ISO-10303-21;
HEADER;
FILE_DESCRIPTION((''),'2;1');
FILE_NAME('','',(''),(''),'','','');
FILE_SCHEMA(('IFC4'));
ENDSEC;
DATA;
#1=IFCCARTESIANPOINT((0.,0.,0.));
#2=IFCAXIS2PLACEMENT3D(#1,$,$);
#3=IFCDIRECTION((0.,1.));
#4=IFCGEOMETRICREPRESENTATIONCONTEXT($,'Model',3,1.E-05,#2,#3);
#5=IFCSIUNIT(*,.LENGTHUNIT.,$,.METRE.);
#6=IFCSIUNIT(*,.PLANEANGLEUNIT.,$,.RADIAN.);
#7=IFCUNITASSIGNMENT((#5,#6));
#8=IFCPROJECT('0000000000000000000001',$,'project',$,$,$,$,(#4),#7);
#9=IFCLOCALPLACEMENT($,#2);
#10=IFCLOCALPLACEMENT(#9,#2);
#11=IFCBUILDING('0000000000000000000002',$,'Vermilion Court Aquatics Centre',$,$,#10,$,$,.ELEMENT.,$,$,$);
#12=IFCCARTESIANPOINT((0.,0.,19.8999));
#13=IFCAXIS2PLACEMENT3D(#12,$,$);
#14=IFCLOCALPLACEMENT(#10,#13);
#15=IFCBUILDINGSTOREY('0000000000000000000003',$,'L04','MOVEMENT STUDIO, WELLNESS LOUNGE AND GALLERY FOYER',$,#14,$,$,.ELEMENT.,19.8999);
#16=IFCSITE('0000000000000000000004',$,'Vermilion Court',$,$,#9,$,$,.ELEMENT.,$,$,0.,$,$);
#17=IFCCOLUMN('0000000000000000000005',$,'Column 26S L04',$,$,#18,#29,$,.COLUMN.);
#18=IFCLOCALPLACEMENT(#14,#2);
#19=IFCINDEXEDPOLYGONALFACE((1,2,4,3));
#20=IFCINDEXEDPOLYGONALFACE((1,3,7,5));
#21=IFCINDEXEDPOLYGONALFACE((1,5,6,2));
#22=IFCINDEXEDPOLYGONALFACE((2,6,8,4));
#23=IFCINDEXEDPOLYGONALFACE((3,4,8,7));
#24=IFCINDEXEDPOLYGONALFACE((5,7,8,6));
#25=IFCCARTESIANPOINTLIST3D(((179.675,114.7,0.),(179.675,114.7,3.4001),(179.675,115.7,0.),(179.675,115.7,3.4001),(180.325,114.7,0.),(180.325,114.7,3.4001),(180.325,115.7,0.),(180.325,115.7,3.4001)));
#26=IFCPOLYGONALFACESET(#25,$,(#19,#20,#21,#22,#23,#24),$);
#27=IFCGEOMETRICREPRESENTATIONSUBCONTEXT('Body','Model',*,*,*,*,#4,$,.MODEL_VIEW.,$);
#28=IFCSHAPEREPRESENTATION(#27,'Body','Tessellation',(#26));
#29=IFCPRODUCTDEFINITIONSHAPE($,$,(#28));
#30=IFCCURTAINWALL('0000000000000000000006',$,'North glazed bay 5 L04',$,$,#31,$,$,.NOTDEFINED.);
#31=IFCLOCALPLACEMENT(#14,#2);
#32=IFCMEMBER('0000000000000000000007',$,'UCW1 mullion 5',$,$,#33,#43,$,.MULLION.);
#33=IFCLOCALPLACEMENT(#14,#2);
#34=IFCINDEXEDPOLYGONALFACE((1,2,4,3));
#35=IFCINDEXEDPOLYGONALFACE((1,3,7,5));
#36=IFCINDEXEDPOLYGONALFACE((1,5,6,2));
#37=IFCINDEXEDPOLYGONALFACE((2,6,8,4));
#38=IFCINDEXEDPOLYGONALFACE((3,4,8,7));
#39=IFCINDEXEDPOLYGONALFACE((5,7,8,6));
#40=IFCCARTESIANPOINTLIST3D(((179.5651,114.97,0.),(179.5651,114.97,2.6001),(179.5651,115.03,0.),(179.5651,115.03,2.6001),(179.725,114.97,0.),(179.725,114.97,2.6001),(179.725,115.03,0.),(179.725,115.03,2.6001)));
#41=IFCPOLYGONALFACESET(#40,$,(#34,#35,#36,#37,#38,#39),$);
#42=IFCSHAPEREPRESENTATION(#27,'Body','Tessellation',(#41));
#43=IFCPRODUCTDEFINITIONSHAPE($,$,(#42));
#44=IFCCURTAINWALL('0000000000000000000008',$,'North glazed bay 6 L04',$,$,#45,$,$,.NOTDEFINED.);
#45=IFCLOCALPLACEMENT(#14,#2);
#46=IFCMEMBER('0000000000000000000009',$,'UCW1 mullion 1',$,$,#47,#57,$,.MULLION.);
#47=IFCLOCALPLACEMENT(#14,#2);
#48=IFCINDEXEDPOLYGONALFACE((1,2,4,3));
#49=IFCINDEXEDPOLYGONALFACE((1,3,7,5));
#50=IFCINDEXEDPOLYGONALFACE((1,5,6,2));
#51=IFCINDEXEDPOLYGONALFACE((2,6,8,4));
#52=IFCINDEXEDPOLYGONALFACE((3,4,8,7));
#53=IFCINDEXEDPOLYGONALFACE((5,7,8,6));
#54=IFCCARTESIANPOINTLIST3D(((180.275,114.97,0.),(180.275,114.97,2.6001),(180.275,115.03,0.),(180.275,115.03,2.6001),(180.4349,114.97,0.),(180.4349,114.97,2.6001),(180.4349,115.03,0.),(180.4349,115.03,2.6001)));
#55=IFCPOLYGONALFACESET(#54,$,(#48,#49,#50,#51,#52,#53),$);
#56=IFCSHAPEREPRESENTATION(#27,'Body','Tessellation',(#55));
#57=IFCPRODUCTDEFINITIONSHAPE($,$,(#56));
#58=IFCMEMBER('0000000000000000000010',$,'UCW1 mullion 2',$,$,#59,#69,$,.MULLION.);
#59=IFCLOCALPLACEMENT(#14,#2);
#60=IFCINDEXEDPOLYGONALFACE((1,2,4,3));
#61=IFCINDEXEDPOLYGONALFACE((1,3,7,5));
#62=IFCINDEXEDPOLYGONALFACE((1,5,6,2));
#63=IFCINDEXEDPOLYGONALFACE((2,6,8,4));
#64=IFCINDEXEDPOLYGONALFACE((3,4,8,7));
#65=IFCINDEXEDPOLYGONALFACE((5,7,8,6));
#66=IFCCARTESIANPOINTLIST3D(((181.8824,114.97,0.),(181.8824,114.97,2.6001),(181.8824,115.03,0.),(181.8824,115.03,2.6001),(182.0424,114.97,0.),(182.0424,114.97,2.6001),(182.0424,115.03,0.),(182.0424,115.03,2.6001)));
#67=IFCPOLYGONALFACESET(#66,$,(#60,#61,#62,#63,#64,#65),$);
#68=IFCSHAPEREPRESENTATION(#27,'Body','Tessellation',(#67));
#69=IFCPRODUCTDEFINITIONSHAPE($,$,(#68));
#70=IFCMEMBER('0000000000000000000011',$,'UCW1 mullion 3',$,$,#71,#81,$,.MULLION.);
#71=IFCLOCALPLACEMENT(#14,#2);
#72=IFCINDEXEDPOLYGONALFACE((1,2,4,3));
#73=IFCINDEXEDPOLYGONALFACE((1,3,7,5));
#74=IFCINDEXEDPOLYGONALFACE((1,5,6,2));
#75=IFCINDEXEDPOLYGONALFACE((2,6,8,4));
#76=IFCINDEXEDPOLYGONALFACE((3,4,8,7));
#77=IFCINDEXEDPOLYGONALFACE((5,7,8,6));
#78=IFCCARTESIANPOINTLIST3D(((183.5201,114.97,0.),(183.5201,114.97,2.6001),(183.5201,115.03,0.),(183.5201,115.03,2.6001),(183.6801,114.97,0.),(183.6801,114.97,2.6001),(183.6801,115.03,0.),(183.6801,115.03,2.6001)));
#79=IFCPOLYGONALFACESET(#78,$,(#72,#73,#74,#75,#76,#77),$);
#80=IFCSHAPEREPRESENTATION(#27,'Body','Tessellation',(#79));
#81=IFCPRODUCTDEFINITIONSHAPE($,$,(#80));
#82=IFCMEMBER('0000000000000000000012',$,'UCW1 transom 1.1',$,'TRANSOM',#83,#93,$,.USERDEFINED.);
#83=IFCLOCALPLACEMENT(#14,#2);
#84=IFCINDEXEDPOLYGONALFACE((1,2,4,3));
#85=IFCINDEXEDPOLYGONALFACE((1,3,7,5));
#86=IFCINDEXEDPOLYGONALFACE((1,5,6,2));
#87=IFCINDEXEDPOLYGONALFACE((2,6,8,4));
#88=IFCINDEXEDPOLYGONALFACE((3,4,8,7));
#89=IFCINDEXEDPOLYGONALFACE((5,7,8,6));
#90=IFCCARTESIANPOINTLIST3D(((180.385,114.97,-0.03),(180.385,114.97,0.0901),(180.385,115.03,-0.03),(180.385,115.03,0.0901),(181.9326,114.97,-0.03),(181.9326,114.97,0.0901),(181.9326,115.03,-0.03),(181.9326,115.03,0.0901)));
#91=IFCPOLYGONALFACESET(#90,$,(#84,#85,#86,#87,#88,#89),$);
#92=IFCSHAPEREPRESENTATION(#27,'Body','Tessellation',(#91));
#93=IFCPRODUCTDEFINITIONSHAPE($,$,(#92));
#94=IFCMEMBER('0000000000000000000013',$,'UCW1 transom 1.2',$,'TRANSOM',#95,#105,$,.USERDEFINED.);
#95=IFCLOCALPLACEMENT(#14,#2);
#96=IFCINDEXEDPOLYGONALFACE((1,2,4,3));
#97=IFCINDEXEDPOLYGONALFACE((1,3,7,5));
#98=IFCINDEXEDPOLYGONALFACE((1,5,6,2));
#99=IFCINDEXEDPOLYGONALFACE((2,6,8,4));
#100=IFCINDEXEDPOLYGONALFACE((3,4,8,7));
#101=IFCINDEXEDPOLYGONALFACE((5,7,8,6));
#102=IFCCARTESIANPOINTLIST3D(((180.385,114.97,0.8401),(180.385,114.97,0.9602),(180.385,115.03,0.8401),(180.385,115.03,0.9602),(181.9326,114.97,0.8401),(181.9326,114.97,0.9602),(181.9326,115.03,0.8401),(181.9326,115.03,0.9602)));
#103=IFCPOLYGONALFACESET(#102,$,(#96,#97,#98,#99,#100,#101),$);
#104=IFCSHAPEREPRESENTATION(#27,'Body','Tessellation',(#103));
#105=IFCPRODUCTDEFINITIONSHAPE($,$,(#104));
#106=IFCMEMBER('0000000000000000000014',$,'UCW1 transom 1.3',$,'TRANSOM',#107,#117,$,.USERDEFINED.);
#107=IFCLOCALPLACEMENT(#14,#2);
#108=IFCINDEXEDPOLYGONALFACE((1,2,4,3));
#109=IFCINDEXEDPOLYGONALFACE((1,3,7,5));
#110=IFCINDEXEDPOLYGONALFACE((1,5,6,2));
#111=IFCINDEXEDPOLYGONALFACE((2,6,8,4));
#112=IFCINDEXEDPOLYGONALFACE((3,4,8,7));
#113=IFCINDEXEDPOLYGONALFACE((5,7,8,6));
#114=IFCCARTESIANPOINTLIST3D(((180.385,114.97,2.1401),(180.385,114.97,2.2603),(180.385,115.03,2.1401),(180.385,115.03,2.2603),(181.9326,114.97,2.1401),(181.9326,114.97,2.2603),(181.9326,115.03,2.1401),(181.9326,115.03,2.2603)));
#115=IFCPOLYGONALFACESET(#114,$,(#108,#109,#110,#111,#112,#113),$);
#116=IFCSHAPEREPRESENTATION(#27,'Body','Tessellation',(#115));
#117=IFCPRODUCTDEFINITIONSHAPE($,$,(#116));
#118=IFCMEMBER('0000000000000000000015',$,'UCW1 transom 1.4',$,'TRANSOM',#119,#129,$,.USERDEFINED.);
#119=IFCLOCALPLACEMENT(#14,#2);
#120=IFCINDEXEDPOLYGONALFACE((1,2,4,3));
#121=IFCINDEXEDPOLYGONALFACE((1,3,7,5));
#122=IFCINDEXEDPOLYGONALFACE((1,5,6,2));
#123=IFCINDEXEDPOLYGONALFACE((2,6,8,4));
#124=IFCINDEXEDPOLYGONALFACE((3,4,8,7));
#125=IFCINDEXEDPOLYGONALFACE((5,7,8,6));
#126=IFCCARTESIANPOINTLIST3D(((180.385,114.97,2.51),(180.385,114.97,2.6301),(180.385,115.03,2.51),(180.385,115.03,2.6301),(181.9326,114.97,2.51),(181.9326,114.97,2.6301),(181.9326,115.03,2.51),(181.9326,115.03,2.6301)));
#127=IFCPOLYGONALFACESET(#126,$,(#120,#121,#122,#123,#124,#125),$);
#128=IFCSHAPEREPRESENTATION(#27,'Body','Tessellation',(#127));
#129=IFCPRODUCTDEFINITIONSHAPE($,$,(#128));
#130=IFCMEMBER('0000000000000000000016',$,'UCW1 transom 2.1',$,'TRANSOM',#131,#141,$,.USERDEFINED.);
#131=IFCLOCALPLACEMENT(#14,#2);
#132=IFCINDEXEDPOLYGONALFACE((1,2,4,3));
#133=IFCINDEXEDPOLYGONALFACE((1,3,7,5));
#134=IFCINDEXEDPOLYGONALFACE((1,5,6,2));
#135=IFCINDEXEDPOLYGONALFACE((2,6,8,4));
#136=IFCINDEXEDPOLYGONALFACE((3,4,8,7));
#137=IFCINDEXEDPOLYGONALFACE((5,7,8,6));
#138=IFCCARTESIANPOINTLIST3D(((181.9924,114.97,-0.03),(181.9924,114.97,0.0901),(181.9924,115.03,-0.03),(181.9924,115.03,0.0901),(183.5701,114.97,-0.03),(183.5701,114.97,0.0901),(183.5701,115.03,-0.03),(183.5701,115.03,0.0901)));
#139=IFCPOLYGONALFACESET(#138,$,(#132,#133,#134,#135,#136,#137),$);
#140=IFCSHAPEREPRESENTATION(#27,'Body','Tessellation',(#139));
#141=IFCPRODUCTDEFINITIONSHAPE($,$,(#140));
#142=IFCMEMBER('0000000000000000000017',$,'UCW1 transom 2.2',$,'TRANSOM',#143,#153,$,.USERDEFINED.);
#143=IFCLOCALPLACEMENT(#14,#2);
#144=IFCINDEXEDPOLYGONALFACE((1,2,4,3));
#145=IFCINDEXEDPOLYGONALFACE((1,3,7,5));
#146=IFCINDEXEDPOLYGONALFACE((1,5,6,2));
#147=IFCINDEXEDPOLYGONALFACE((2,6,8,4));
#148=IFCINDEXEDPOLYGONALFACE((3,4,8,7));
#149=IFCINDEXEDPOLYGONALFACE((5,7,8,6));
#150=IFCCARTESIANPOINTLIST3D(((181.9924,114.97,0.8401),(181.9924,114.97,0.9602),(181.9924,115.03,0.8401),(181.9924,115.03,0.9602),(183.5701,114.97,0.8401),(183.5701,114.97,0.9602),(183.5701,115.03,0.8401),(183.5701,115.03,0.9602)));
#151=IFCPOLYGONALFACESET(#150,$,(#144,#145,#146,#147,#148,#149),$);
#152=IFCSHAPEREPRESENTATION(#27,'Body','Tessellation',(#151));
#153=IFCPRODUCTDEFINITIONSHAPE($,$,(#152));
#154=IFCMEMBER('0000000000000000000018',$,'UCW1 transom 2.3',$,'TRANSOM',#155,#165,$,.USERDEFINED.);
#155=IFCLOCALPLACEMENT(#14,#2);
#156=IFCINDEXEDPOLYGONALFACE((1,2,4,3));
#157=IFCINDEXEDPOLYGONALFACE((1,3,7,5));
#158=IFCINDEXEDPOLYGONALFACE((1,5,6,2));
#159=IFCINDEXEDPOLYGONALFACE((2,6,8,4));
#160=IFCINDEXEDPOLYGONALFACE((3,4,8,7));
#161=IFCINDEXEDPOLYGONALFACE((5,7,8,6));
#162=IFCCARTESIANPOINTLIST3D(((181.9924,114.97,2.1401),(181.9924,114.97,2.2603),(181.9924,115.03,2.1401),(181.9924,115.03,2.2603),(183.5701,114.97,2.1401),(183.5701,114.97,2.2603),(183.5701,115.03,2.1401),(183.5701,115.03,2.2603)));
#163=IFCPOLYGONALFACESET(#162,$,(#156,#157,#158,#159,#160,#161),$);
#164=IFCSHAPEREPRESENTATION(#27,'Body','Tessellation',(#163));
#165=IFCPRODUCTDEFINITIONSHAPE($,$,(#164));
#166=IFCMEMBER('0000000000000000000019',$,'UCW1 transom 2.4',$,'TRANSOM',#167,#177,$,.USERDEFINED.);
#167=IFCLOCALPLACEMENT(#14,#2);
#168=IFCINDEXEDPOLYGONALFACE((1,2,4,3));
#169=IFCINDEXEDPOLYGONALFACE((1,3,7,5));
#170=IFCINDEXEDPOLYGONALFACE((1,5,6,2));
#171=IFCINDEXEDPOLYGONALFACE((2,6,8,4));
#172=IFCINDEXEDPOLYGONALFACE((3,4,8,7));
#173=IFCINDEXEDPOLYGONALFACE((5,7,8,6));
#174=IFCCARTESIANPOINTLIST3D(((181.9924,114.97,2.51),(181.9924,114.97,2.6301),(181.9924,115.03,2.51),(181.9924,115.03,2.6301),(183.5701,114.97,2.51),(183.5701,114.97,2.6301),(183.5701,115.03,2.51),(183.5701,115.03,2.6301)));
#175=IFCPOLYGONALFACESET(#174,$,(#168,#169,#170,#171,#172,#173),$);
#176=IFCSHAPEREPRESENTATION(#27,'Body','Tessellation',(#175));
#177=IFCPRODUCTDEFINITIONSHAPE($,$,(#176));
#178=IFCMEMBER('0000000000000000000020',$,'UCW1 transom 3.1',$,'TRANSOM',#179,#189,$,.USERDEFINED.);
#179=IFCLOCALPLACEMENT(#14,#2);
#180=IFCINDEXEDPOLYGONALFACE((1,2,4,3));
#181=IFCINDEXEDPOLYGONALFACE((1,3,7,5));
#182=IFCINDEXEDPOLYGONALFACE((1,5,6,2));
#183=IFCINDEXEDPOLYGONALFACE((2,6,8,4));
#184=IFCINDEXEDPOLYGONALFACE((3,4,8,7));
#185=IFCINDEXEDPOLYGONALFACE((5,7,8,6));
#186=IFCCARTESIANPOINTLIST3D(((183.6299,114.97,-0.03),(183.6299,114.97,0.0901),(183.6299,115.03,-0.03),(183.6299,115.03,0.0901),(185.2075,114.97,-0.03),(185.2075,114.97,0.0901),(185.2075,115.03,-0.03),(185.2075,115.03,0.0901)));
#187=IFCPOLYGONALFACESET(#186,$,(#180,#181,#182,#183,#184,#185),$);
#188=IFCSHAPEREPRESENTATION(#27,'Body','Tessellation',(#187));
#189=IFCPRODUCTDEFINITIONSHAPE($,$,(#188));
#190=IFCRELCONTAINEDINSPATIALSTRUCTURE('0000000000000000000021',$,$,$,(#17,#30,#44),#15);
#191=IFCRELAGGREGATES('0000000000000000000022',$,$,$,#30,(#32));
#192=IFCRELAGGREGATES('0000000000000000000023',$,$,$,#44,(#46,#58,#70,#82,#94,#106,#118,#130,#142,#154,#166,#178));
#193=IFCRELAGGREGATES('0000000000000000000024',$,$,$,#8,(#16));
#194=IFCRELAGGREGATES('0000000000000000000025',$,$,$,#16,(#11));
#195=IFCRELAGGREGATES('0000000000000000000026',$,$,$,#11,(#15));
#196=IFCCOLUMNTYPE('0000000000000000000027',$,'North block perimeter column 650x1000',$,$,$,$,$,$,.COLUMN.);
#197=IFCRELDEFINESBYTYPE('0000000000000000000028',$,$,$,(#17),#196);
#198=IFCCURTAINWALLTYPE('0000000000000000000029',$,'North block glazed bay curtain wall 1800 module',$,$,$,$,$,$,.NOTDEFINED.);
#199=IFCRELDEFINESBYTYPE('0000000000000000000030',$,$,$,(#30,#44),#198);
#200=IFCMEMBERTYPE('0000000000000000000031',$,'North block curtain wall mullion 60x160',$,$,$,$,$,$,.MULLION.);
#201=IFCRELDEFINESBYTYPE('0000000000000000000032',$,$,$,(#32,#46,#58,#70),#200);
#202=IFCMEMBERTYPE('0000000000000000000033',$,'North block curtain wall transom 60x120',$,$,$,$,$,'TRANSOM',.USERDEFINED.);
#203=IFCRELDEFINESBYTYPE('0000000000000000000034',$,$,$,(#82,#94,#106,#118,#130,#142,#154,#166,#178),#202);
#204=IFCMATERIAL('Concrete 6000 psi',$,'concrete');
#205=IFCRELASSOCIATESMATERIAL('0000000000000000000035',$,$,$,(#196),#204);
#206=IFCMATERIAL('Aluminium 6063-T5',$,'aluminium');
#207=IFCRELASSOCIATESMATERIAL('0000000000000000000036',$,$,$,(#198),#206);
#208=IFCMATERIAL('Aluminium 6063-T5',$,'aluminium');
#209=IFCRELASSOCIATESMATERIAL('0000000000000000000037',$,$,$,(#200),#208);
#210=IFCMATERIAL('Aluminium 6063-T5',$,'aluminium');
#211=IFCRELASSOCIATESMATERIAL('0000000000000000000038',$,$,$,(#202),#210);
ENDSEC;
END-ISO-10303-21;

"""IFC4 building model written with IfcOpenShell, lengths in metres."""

from ifc_helpers import new_model, si_unit, direction, frame, origin, origin_2d, place, context, subcontext, project, spatial, rectangle, extrude, material, material_profile, profile_set, type_object, element, aggregate, save


model = new_model("IFC4")

# Units and contexts
model_context = context("Model", 3, precision=1e-05, world=origin(), true_north=direction((0.0, 1.0)))
body_context = subcontext(model_context, "Body", "Model", "MODEL_VIEW")
ifc_project = project(units=[si_unit("LENGTHUNIT", "METRE"), si_unit("PLANEANGLEUNIT", "RADIAN")], contexts=[model_context])

# Site, building, storey
site_placement = place(None, origin())
site = spatial("IfcSite", under=ifc_project, at=site_placement, Name="Vermilion Court", CompositionType="ELEMENT", RefElevation=0.0)
building_placement = place(site_placement, origin())
building = spatial("IfcBuilding", under=site, at=building_placement, Name="Vermilion Court Aquatics Centre", CompositionType="ELEMENT")
storey_placement = place(building_placement, frame((0.0, 0.0, 19.8999)))
storey = spatial("IfcBuildingStorey", under=building, at=storey_placement, Name="L04", Description="MOVEMENT STUDIO, WELLNESS LOUNGE AND GALLERY FOYER", CompositionType="ELEMENT", Elevation=19.8999)

# Column
ifc_material_1 = material(Name="Concrete 6000 psi", Category="concrete")
ifc_material_profile_1 = material_profile(ifc_material_1, rectangle(XDim=0.6499, YDim=1.0, at=origin_2d()), Name="RC 650x1000")
ifc_profile_set_1 = profile_set([ifc_material_profile_1], Name="Concrete 6000 psi")
column_type = type_object("IfcColumnType", Name="North block perimeter column 650x1000", PredefinedType="COLUMN", material=ifc_profile_set_1)
column_placement = place(storey_placement, frame((180.0, 115.2, 0.0), z_axis=(0.0, 0.0, 1.0), x_axis=(1.0, 0.0, 0.0)))
element("IfcColumn", 1, at=column_placement, inside=storey, type_object=column_type, Name="Column 26S L04", PredefinedType="COLUMN", context=body_context, shape_type="SweptSolid", body=[
    extrude(rectangle(XDim=0.6499, YDim=1.0, at=origin_2d()), origin(), (0.0, 0.0, 1.0), 3.4001),
])

# Curtain wall, member
ifc_material_2 = material(Name="Aluminium 6063-T5", Category="aluminium")
curtain_wall_type = type_object("IfcCurtainWallType", Name="North block glazed bay curtain wall 1800 module", PredefinedType="NOTDEFINED", material=ifc_material_2)
curtain_wall_1_placement = place(storey_placement, origin())
curtain_wall_1 = element("IfcCurtainWall", 2, at=curtain_wall_1_placement, inside=storey, type_object=curtain_wall_type, Name="North glazed bay 5 L04", PredefinedType="NOTDEFINED")
ifc_material_3 = material(Name="Aluminium 6063-T5", Category="aluminium")
ifc_material_profile_2 = material_profile(ifc_material_3, rectangle(XDim=0.0601, YDim=0.1599, at=origin_2d()), Name="AL 60x160")
ifc_profile_set_2 = profile_set([ifc_material_profile_2], Name="Aluminium 6063-T5")
member_type_1 = type_object("IfcMemberType", Name="North block curtain wall mullion 60x160", PredefinedType="MULLION", material=ifc_profile_set_2)
member_1_placement = place(storey_placement, frame((179.645, 115.0, 0.0), z_axis=(0.0, 0.0, 1.0), x_axis=(0.0, 1.0, 0.0)))
member_1 = element("IfcMember", 3, at=member_1_placement, type_object=member_type_1, Name="UCW1 mullion 5", PredefinedType="MULLION", context=body_context, shape_type="SweptSolid", body=[
    extrude(rectangle(XDim=0.0601, YDim=0.1599, at=origin_2d()), origin(), (0.0, 0.0, 1.0), 2.6001),
])
aggregate(curtain_wall_1, [member_1])

# Curtain wall, members
curtain_wall_2_placement = place(storey_placement, origin())
curtain_wall_2 = element("IfcCurtainWall", 4, at=curtain_wall_2_placement, inside=storey, type_object=curtain_wall_type, Name="North glazed bay 6 L04", PredefinedType="NOTDEFINED")
member_2_placement = place(storey_placement, frame((180.355, 115.0, 0.0), z_axis=(0.0, 0.0, 1.0), x_axis=(0.0, 1.0, 0.0)))
member_2 = element("IfcMember", 5, at=member_2_placement, type_object=member_type_1, Name="UCW1 mullion 1", PredefinedType="MULLION", context=body_context, shape_type="SweptSolid", body=[
    extrude(rectangle(XDim=0.0601, YDim=0.1599, at=origin_2d()), origin(), (0.0, 0.0, 1.0), 2.6001),
])
member_3_placement = place(storey_placement, frame((181.9624, 115.0, 0.0), z_axis=(0.0, 0.0, 1.0), x_axis=(0.0, 1.0, 0.0)))
member_3 = element("IfcMember", 6, at=member_3_placement, type_object=member_type_1, Name="UCW1 mullion 2", PredefinedType="MULLION", context=body_context, shape_type="SweptSolid", body=[
    extrude(rectangle(XDim=0.0601, YDim=0.1599, at=origin_2d()), origin(), (0.0, 0.0, 1.0), 2.6001),
])
member_4_placement = place(storey_placement, frame((183.6001, 115.0, 0.0), z_axis=(0.0, 0.0, 1.0), x_axis=(0.0, 1.0, 0.0)))
member_4 = element("IfcMember", 7, at=member_4_placement, type_object=member_type_1, Name="UCW1 mullion 3", PredefinedType="MULLION", context=body_context, shape_type="SweptSolid", body=[
    extrude(rectangle(XDim=0.0601, YDim=0.1599, at=origin_2d()), origin(), (0.0, 0.0, 1.0), 2.6001),
])
ifc_material_4 = material(Name="Aluminium 6063-T5", Category="aluminium")
ifc_material_profile_3 = material_profile(ifc_material_4, rectangle(XDim=0.0601, YDim=0.1201, at=origin_2d()), Name="AL 60x120")
ifc_profile_set_3 = profile_set([ifc_material_profile_3], Name="Aluminium 6063-T5")
member_type_2 = type_object("IfcMemberType", Name="North block curtain wall transom 60x120", ElementType="TRANSOM", PredefinedType="USERDEFINED", material=ifc_profile_set_3)
member_5_placement = place(storey_placement, frame((180.385, 115.0, 0.03), z_axis=(1.0, 0.0, 0.0), x_axis=(0.0, 1.0, 0.0)))
member_5 = element("IfcMember", 8, at=member_5_placement, type_object=member_type_2, Name="UCW1 transom 1.1", ObjectType="TRANSOM", PredefinedType="USERDEFINED", context=body_context, shape_type="SweptSolid", body=[
    extrude(rectangle(XDim=0.0601, YDim=0.1201, at=origin_2d()), origin(), (0.0, 0.0, 1.0), 1.5476),
])
member_6_placement = place(storey_placement, frame((180.385, 115.0, 0.9001), z_axis=(1.0, 0.0, 0.0), x_axis=(0.0, 1.0, 0.0)))
member_6 = element("IfcMember", 9, at=member_6_placement, type_object=member_type_2, Name="UCW1 transom 1.2", ObjectType="TRANSOM", PredefinedType="USERDEFINED", context=body_context, shape_type="SweptSolid", body=[
    extrude(rectangle(XDim=0.0601, YDim=0.1201, at=origin_2d()), origin(), (0.0, 0.0, 1.0), 1.5476),
])
member_7_placement = place(storey_placement, frame((180.385, 115.0, 2.2002), z_axis=(1.0, 0.0, 0.0), x_axis=(0.0, 1.0, 0.0)))
member_7 = element("IfcMember", 10, at=member_7_placement, type_object=member_type_2, Name="UCW1 transom 1.3", ObjectType="TRANSOM", PredefinedType="USERDEFINED", context=body_context, shape_type="SweptSolid", body=[
    extrude(rectangle(XDim=0.0601, YDim=0.1201, at=origin_2d()), origin(), (0.0, 0.0, 1.0), 1.5476),
])
member_8_placement = place(storey_placement, frame((180.385, 115.0, 2.5701), z_axis=(1.0, 0.0, 0.0), x_axis=(0.0, 1.0, 0.0)))
member_8 = element("IfcMember", 11, at=member_8_placement, type_object=member_type_2, Name="UCW1 transom 1.4", ObjectType="TRANSOM", PredefinedType="USERDEFINED", context=body_context, shape_type="SweptSolid", body=[
    extrude(rectangle(XDim=0.0601, YDim=0.1201, at=origin_2d()), origin(), (0.0, 0.0, 1.0), 1.5476),
])
member_9_placement = place(storey_placement, frame((181.9924, 115.0, 0.03), z_axis=(1.0, 0.0, 0.0), x_axis=(0.0, 1.0, 0.0)))
member_9 = element("IfcMember", 12, at=member_9_placement, type_object=member_type_2, Name="UCW1 transom 2.1", ObjectType="TRANSOM", PredefinedType="USERDEFINED", context=body_context, shape_type="SweptSolid", body=[
    extrude(rectangle(XDim=0.0601, YDim=0.1201, at=origin_2d()), origin(), (0.0, 0.0, 1.0), 1.5776),
])
member_10_placement = place(storey_placement, frame((181.9924, 115.0, 0.9001), z_axis=(1.0, 0.0, 0.0), x_axis=(0.0, 1.0, 0.0)))
member_10 = element("IfcMember", 13, at=member_10_placement, type_object=member_type_2, Name="UCW1 transom 2.2", ObjectType="TRANSOM", PredefinedType="USERDEFINED", context=body_context, shape_type="SweptSolid", body=[
    extrude(rectangle(XDim=0.0601, YDim=0.1201, at=origin_2d()), origin(), (0.0, 0.0, 1.0), 1.5776),
])
member_11_placement = place(storey_placement, frame((181.9924, 115.0, 2.2002), z_axis=(1.0, 0.0, 0.0), x_axis=(0.0, 1.0, 0.0)))
member_11 = element("IfcMember", 14, at=member_11_placement, type_object=member_type_2, Name="UCW1 transom 2.3", ObjectType="TRANSOM", PredefinedType="USERDEFINED", context=body_context, shape_type="SweptSolid", body=[
    extrude(rectangle(XDim=0.0601, YDim=0.1201, at=origin_2d()), origin(), (0.0, 0.0, 1.0), 1.5776),
])
member_12_placement = place(storey_placement, frame((181.9924, 115.0, 2.5701), z_axis=(1.0, 0.0, 0.0), x_axis=(0.0, 1.0, 0.0)))
member_12 = element("IfcMember", 15, at=member_12_placement, type_object=member_type_2, Name="UCW1 transom 2.4", ObjectType="TRANSOM", PredefinedType="USERDEFINED", context=body_context, shape_type="SweptSolid", body=[
    extrude(rectangle(XDim=0.0601, YDim=0.1201, at=origin_2d()), origin(), (0.0, 0.0, 1.0), 1.5776),
])
member_13_placement = place(storey_placement, frame((183.6299, 115.0, 0.03), z_axis=(1.0, 0.0, 0.0), x_axis=(0.0, 1.0, 0.0)))
member_13 = element("IfcMember", 16, at=member_13_placement, type_object=member_type_2, Name="UCW1 transom 3.1", ObjectType="TRANSOM", PredefinedType="USERDEFINED", context=body_context, shape_type="SweptSolid", body=[
    extrude(rectangle(XDim=0.0601, YDim=0.1201, at=origin_2d()), origin(), (0.0, 0.0, 1.0), 1.5776),
])

aggregate(curtain_wall_2, [member_2, member_3, member_4, member_5, member_6, member_7, member_8, member_9, member_10, member_11, member_12, member_13])

save(model, "model.ifc")
